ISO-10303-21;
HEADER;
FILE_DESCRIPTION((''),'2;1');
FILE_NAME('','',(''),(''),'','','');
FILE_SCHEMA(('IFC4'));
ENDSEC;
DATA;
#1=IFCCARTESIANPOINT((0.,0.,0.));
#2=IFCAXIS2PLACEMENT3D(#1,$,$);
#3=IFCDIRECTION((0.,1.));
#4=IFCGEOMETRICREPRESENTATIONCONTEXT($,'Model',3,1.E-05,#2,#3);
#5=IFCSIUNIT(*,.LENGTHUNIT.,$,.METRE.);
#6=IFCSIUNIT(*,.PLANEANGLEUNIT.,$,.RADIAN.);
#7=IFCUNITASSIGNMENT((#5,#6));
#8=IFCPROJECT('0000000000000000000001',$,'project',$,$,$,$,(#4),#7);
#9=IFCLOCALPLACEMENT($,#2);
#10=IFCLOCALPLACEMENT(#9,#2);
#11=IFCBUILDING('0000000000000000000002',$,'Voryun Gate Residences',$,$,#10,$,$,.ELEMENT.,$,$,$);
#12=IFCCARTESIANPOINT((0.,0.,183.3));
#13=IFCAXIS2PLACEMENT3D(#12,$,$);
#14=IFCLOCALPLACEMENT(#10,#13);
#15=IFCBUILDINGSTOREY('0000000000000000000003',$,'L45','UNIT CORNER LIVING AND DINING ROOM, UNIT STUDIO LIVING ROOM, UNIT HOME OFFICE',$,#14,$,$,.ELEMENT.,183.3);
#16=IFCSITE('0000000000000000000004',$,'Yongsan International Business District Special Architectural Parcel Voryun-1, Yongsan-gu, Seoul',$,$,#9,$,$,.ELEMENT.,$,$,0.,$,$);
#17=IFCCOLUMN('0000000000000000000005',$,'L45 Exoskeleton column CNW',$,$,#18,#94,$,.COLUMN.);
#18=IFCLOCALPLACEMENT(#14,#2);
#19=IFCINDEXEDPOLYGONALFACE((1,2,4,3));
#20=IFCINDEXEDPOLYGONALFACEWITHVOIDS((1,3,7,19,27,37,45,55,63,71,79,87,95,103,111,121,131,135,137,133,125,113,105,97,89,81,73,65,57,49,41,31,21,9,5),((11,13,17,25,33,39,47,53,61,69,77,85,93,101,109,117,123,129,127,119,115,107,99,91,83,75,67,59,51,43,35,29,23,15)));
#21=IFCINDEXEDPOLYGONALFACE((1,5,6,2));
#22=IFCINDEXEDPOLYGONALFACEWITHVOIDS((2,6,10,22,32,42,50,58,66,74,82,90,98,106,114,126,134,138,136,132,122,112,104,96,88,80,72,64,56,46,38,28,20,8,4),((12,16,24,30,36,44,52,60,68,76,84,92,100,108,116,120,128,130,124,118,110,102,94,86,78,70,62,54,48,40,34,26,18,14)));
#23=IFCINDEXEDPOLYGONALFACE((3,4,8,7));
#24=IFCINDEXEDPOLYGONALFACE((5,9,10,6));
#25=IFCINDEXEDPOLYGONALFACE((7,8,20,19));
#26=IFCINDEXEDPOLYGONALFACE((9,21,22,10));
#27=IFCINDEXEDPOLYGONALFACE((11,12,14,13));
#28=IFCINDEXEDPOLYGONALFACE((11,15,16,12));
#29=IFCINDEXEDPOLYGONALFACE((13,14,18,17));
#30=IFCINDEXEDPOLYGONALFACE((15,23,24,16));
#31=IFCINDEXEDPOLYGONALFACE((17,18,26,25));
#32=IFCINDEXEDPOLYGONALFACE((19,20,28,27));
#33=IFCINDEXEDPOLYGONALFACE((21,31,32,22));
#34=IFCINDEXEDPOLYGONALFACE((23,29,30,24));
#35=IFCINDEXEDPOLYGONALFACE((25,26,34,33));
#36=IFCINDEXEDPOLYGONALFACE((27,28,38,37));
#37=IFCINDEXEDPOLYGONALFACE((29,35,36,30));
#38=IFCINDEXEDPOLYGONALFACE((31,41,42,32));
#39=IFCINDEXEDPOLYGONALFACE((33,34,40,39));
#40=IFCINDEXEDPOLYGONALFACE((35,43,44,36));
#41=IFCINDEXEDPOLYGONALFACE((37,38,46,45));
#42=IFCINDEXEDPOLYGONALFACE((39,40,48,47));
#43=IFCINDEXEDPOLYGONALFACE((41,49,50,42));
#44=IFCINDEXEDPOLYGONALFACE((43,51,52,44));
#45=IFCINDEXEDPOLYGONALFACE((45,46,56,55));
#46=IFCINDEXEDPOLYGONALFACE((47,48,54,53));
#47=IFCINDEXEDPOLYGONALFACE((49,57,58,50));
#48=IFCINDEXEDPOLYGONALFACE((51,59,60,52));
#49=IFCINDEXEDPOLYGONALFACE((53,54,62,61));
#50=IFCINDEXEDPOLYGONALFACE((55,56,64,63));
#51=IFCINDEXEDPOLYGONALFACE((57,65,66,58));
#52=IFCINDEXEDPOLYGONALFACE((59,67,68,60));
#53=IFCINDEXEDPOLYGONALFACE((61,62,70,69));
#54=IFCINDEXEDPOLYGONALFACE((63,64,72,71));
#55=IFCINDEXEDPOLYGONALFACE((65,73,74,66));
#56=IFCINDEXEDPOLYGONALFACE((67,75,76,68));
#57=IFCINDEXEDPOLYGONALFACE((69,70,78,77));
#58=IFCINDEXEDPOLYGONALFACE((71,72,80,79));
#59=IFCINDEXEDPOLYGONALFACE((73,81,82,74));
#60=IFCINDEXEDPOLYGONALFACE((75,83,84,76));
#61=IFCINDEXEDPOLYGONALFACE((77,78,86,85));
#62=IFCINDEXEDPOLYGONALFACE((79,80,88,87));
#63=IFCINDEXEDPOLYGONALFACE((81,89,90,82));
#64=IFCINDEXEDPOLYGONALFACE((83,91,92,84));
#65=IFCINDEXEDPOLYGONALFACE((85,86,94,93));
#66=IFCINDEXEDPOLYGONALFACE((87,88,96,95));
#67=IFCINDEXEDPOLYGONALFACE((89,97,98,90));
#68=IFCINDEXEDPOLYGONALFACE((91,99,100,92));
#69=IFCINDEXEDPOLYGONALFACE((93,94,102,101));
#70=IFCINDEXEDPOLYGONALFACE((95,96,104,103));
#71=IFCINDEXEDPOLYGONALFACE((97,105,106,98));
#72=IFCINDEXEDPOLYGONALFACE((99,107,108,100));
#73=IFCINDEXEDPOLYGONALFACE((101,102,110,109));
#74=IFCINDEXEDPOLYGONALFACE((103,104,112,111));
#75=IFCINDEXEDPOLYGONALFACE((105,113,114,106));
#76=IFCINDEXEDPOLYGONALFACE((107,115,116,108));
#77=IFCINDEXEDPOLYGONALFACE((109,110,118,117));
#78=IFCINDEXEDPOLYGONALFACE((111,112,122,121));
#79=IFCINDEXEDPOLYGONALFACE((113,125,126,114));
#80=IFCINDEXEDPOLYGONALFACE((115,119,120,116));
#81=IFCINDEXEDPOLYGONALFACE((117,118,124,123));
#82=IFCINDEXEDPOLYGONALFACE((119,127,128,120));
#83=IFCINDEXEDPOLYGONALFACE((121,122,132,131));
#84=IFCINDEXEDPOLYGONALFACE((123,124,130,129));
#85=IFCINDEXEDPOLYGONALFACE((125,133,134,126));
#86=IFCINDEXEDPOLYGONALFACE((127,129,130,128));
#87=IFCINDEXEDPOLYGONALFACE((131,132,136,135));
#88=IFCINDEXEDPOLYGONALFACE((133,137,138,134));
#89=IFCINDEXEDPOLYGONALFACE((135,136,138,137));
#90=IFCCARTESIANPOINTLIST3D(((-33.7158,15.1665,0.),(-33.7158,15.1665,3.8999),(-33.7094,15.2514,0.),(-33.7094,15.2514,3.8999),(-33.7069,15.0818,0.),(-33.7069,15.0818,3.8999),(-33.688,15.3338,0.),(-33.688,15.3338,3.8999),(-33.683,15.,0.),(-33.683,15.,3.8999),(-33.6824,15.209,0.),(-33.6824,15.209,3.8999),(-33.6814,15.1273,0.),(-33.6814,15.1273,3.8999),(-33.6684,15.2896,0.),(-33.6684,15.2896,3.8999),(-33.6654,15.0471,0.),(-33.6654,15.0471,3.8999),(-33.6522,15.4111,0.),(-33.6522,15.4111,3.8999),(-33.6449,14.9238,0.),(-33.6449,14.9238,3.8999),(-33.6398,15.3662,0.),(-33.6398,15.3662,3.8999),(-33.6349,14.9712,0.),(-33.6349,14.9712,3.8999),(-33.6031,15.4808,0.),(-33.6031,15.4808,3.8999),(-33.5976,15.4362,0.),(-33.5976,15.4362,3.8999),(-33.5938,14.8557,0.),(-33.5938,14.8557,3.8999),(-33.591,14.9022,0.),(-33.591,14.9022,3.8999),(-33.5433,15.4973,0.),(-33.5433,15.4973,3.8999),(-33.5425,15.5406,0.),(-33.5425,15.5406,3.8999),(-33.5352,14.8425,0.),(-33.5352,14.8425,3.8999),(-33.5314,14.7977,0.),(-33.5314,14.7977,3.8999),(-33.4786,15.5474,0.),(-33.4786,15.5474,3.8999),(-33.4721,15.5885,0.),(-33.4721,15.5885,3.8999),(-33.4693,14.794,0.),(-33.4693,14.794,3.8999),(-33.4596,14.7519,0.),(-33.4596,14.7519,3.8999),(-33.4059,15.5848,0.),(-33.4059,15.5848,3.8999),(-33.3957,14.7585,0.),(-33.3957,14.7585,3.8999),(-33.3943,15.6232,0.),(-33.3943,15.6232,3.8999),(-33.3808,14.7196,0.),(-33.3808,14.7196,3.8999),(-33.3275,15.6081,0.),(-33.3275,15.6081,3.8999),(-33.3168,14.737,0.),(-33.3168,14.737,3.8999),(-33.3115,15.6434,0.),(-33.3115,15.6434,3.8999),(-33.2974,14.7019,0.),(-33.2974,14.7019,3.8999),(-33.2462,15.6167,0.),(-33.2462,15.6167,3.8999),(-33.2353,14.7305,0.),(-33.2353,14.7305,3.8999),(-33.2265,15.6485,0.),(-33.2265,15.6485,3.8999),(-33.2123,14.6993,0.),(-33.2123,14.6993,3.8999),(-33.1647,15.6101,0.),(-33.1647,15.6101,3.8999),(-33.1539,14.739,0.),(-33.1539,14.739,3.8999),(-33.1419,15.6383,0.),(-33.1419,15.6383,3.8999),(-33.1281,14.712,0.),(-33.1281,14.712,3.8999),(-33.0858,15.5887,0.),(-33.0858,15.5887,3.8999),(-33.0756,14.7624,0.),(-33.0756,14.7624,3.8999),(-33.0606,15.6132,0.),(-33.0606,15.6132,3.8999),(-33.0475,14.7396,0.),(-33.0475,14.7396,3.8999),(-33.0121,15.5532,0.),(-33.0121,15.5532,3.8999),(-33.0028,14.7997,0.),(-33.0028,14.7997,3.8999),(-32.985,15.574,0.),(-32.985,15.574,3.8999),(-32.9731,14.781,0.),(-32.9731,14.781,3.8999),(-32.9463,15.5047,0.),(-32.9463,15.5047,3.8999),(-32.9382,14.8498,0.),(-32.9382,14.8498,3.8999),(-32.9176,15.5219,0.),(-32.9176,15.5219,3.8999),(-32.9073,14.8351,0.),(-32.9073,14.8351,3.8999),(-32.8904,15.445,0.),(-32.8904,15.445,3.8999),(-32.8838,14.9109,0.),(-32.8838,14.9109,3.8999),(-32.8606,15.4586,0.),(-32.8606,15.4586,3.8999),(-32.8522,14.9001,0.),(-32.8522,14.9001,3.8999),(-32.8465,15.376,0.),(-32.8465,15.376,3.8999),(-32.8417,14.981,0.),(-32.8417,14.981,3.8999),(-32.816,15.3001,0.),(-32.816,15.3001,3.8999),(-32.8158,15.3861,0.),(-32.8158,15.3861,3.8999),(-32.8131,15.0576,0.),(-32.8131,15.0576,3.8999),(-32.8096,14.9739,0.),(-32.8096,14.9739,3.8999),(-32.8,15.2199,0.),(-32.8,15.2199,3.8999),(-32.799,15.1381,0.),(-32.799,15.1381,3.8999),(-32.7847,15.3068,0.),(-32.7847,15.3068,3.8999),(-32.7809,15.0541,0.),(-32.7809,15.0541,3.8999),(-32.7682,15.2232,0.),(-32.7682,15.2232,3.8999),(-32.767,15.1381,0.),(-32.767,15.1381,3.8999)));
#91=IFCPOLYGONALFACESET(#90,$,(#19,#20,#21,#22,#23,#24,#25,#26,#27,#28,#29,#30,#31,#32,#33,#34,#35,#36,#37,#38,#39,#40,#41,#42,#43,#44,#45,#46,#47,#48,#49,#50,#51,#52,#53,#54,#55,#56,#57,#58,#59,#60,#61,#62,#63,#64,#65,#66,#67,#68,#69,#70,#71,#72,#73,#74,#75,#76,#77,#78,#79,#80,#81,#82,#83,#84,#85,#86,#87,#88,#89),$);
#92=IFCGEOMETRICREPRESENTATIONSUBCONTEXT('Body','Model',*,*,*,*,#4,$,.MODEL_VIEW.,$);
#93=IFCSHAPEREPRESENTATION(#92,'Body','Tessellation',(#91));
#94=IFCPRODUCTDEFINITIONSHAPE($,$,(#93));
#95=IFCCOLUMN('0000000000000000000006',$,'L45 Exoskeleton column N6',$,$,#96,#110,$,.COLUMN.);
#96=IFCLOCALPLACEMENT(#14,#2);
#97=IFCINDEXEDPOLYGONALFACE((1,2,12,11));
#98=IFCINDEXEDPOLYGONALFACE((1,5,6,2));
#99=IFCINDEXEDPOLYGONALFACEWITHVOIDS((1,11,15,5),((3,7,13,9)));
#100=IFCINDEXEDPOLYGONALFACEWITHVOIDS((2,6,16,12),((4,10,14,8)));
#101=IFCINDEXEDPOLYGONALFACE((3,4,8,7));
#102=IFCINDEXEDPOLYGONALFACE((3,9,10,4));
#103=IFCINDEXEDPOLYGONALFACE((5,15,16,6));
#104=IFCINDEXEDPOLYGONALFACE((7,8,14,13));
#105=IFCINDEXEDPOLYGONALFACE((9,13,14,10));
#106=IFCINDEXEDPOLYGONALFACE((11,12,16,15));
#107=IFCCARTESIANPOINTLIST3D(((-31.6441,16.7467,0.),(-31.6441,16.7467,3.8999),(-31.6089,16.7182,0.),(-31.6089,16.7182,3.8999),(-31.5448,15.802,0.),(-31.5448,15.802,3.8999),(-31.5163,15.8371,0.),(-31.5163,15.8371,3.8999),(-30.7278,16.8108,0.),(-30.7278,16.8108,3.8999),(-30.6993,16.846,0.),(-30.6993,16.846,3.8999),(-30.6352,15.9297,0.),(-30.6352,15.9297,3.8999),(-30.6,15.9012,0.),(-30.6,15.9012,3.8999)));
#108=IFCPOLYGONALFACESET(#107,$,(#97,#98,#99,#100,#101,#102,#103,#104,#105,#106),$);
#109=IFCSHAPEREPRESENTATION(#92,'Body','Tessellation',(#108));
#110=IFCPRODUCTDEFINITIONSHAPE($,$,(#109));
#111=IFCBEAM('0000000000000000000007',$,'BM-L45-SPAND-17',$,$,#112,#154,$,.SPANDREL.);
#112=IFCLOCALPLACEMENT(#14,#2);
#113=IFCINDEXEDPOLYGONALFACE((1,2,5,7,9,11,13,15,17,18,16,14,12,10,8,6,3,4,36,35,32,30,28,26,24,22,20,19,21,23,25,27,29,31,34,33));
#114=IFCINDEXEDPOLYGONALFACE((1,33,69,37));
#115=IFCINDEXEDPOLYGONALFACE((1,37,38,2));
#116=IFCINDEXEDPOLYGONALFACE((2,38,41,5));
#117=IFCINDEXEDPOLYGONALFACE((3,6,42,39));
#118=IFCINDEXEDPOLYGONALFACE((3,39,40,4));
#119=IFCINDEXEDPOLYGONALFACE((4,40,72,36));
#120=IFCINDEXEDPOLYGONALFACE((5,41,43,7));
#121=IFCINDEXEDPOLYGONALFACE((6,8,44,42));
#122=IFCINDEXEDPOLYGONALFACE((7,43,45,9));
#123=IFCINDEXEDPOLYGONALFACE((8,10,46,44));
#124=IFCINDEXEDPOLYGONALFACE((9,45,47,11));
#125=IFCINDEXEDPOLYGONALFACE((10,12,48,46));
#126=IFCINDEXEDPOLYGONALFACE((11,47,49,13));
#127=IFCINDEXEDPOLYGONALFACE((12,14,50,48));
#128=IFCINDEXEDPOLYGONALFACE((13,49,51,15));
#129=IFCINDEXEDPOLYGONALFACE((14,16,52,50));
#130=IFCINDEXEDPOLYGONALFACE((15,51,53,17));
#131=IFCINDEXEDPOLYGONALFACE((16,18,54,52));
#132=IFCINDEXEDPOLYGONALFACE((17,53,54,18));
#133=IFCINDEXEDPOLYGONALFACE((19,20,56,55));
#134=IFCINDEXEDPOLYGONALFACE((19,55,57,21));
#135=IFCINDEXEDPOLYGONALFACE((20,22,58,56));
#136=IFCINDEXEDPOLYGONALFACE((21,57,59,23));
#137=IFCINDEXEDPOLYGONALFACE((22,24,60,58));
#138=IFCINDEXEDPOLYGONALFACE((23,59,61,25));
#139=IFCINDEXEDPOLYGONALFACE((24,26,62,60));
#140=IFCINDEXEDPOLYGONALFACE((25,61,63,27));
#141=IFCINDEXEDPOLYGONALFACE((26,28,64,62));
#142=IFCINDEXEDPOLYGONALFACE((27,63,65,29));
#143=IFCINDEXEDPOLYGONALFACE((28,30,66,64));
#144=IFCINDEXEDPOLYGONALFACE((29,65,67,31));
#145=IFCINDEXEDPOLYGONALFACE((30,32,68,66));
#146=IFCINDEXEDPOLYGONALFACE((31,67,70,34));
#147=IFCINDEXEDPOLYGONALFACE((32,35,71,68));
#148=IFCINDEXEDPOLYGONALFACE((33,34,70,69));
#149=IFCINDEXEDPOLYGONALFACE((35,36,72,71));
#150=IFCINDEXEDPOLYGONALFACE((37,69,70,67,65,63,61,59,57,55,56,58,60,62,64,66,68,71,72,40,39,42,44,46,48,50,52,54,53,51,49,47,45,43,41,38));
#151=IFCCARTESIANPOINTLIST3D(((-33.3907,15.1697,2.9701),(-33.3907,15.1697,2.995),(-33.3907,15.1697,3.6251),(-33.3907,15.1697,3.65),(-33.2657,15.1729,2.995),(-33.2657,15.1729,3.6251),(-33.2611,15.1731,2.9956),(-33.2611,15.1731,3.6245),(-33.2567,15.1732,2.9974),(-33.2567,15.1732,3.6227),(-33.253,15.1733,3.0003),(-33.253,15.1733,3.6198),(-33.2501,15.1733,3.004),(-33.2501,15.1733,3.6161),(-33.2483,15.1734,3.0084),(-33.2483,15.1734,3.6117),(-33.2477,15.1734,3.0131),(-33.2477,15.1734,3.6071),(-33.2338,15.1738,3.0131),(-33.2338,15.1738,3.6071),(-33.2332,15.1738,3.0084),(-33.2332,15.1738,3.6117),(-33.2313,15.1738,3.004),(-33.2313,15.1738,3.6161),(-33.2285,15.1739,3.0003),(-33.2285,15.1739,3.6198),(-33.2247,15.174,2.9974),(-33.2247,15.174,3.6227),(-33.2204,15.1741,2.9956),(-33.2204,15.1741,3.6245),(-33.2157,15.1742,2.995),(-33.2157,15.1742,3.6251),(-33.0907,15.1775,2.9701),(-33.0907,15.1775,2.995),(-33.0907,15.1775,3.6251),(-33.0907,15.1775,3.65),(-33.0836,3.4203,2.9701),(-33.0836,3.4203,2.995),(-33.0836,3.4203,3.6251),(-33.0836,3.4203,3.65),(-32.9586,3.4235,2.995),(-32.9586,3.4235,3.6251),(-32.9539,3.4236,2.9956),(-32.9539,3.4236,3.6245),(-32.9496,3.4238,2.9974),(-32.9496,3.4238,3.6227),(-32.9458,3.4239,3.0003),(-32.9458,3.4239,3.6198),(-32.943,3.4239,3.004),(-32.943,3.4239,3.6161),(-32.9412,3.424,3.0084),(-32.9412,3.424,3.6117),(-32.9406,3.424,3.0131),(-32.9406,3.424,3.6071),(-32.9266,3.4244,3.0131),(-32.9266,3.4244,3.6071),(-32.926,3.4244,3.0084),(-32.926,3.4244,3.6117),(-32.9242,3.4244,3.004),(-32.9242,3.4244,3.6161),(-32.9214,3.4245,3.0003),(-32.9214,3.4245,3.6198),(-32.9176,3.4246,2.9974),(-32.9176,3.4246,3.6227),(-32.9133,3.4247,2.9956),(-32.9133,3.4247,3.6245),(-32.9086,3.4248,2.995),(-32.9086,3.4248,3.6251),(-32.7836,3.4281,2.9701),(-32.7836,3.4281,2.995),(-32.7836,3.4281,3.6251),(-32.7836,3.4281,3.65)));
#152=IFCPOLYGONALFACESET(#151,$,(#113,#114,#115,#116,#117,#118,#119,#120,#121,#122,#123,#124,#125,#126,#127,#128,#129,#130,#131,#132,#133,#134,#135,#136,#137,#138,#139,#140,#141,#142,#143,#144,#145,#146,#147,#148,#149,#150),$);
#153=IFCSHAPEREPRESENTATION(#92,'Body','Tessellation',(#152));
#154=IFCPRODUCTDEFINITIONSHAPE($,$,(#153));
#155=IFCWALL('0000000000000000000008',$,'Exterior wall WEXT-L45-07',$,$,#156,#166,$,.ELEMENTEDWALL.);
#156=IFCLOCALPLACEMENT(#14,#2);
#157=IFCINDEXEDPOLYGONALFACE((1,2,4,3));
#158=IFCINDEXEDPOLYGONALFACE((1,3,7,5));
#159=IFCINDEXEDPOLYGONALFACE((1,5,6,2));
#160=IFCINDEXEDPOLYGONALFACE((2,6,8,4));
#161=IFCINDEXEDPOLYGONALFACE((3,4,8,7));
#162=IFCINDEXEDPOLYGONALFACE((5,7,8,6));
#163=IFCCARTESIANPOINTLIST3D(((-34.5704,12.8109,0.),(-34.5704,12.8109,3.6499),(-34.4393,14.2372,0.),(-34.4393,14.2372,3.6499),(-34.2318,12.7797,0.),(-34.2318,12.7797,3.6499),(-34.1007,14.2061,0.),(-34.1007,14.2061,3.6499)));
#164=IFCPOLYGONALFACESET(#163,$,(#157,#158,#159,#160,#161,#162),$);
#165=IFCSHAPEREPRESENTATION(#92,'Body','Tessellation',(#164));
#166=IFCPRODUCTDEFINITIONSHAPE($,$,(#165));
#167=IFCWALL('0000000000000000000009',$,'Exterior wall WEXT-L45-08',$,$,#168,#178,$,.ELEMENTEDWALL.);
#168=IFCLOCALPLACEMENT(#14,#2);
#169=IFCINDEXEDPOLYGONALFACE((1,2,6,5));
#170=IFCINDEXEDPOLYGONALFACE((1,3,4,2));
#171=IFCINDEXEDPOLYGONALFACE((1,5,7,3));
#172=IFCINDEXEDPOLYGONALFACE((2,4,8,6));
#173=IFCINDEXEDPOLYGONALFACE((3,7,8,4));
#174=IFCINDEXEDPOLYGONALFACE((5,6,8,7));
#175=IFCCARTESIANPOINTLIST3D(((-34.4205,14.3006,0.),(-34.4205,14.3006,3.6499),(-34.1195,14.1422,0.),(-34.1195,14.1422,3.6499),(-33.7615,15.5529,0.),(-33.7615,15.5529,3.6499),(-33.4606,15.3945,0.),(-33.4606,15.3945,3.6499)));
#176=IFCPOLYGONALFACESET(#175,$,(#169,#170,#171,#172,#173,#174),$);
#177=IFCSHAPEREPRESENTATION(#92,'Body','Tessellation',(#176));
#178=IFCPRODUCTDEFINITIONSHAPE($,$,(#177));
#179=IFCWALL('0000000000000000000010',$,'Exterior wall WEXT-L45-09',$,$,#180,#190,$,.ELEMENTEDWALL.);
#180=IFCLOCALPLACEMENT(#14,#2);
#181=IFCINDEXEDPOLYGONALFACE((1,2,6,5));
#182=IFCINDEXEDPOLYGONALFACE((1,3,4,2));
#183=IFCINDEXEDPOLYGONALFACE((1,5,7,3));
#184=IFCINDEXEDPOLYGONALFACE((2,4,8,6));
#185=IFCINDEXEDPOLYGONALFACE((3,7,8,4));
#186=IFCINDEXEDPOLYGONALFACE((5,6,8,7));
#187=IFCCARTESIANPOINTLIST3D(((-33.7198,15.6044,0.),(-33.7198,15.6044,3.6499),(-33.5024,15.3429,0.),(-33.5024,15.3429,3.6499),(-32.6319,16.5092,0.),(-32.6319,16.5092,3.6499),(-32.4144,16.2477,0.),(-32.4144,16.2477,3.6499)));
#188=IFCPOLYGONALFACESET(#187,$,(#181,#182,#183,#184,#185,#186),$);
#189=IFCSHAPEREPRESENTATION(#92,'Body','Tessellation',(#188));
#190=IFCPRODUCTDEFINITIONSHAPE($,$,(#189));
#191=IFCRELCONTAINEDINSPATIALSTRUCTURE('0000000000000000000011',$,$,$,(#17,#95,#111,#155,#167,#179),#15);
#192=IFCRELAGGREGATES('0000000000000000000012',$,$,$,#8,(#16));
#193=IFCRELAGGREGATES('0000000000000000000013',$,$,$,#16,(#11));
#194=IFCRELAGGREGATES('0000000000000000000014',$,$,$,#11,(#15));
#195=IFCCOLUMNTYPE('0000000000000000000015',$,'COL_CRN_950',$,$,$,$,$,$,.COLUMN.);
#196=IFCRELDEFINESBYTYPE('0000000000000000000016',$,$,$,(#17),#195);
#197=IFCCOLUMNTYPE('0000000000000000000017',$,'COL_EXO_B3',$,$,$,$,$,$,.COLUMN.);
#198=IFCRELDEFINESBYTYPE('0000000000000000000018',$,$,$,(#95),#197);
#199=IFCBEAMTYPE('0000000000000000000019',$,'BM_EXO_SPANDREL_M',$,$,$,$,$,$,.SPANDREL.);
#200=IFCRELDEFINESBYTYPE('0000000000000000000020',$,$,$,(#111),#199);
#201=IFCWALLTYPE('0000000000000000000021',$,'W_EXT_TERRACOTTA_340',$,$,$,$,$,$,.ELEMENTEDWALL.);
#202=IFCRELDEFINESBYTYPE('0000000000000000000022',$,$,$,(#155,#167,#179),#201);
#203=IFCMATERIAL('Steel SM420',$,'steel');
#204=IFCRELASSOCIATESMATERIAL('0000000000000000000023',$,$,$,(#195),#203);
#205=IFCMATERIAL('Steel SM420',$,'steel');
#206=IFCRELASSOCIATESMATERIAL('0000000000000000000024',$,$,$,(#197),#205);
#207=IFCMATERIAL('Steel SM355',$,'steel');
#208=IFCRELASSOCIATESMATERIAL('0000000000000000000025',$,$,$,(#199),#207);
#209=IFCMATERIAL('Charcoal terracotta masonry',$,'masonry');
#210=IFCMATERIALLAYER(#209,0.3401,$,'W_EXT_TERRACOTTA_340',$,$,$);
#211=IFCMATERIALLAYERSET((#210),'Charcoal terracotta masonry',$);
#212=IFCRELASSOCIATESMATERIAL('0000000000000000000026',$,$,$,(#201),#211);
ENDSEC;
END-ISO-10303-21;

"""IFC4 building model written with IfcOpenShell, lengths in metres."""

from ifc_helpers import new_model, si_unit, direction, frame, frame_2d, origin, origin_2d, place, context, subcontext, project, spatial, rectangle, hollow_rectangle, hollow_circle, i_section, extrude, material, layer, layer_set, material_profile, profile_set, type_object, element, save


model = new_model("IFC4")

# Units and contexts
model_context = context("Model", 3, precision=1e-05, world=origin(), true_north=direction((0.0, 1.0)))
body_context = subcontext(model_context, "Body", "Model", "MODEL_VIEW")
ifc_project = project(units=[si_unit("LENGTHUNIT", "METRE"), si_unit("PLANEANGLEUNIT", "RADIAN")], contexts=[model_context])

# Site, building, storey
site_placement = place(None, origin())
site = spatial("IfcSite", under=ifc_project, at=site_placement, Name="Yongsan International Business District Special Architectural Parcel Voryun-1, Yongsan-gu, Seoul", CompositionType="ELEMENT", RefElevation=0.0)
building_placement = place(site_placement, origin())
building = spatial("IfcBuilding", under=site, at=building_placement, Name="Voryun Gate Residences", CompositionType="ELEMENT")
storey_placement = place(building_placement, frame((0.0, 0.0, 183.3)))
storey = spatial("IfcBuildingStorey", under=building, at=storey_placement, Name="L45", Description="UNIT CORNER LIVING AND DINING ROOM, UNIT STUDIO LIVING ROOM, UNIT HOME OFFICE", CompositionType="ELEMENT", Elevation=183.3)

# Columns
ifc_material_1 = material(Name="Steel SM420", Category="steel")
ifc_material_profile_1 = material_profile(ifc_material_1, hollow_circle(Radius=0.4751, WallThickness=0.032, at=origin_2d()), Name="CHS-950x32")
ifc_profile_set_1 = profile_set([ifc_material_profile_1], Name="Steel SM420")
column_type_1 = type_object("IfcColumnType", Name="COL_CRN_950", PredefinedType="COLUMN", material=ifc_profile_set_1)
column_1_placement = place(storey_placement, frame((-33.2407, 15.1736, 0.0), z_axis=(0.0, 0.0, 1.0), x_axis=(0.994522, 0.104528, 0.0)))
element("IfcColumn", 1, at=column_1_placement, inside=storey, type_object=column_type_1, Name="L45 Exoskeleton column CNW", PredefinedType="COLUMN", context=body_context, shape_type="SweptSolid", body=[
    extrude(hollow_circle(Radius=0.4751, WallThickness=0.032, at=origin_2d()), origin(), (0.0, 0.0, 1.0), 3.8999),
])
ifc_material_2 = material(Name="Steel SM420", Category="steel")
ifc_material_profile_2 = material_profile(ifc_material_2, hollow_rectangle(XDim=0.95, YDim=0.95, WallThickness=0.032, at=origin_2d()), Name="BOX-950x950x32")
ifc_profile_set_2 = profile_set([ifc_material_profile_2], Name="Steel SM420")
column_type_2 = type_object("IfcColumnType", Name="COL_EXO_B3", PredefinedType="COLUMN", material=ifc_profile_set_2)
column_2_placement = place(storey_placement, frame((-31.1221, 16.324, 0.0), z_axis=(0.0, 0.0, 1.0), x_axis=(0.994522, 0.104528, 0.0)))
element("IfcColumn", 2, at=column_2_placement, inside=storey, type_object=column_type_2, Name="L45 Exoskeleton column N6", PredefinedType="COLUMN", context=body_context, shape_type="SweptSolid", body=[
    extrude(hollow_rectangle(XDim=0.95, YDim=0.95, WallThickness=0.032, at=origin_2d()), origin(), (0.0, 0.0, 1.0), 3.8999),
])

# Beam
ifc_material_3 = material(Name="Steel SM355", Category="steel")
ifc_material_profile_3 = material_profile(ifc_material_3, i_section(OverallWidth=0.3, OverallDepth=0.6799, WebThickness=0.0139, FlangeThickness=0.0249, FilletRadius=0.0181, at=origin_2d()), Name="H-680x300x14x25")
ifc_profile_set_3 = profile_set([ifc_material_profile_3], Name="Steel SM355")
beam_type = type_object("IfcBeamType", Name="BM_EXO_SPANDREL_M", PredefinedType="SPANDREL", material=ifc_profile_set_3)
beam_placement = place(storey_placement, frame((-33.2407, 15.1736, 3.3101), z_axis=(0.026131, -0.999659, 0.0), x_axis=(0.999659, 0.026131, 0.0)))
element("IfcBeam", 3, at=beam_placement, inside=storey, type_object=beam_type, Name="BM-L45-SPAND-17", PredefinedType="SPANDREL", context=body_context, shape_type="SweptSolid", body=[
    extrude(i_section(OverallWidth=0.3, OverallDepth=0.6799, WebThickness=0.0139, FlangeThickness=0.0249, FilletRadius=0.0181, at=origin_2d()), origin(), (0.0, 0.0, 1.0), 11.7534),
])

# Walls
ifc_material_4 = material(Name="Charcoal terracotta masonry", Category="masonry")
ifc_layer_1 = layer(ifc_material_4, 0.3401, Name="W_EXT_TERRACOTTA_340")
ifc_layer_set_1 = layer_set([ifc_layer_1], Name="Charcoal terracotta masonry")
wall_type_1 = type_object("IfcWallType", Name="W_EXT_TERRACOTTA_340", PredefinedType="ELEMENTEDWALL", material=ifc_layer_set_1)
wall_1_placement = place(storey_placement, frame((-34.4011, 12.7952, 0.0), z_axis=(0.0, 0.0, 1.0), x_axis=(0.091535, 0.995802, 0.0)))
element("IfcWall", 4, at=wall_1_placement, inside=storey, type_object=wall_type_1, Name="Exterior wall WEXT-L45-07", PredefinedType="ELEMENTEDWALL", context=body_context, shape_type="SweptSolid", body=[
    extrude(rectangle(XDim=1.4324, YDim=0.3401, at=frame_2d((0.7163, 0.0))), origin(), (0.0, 0.0, 1.0), 3.6499),
])
for number, where, z_axis, x_axis, name in (
    (5, (-34.27, 14.2214, 0.0), (0.0, 0.0, 1.0), (0.465682, 0.884952, 0.0), "Exterior wall WEXT-L45-08"),
    (6, (-33.6111, 15.4736, 0.0), (0.0, 0.0, 1.0), (0.768843, 0.639437, 0.0), "Exterior wall WEXT-L45-09"),
):
    element("IfcWall", number, at=place(storey_placement, frame(where, z_axis=z_axis, x_axis=x_axis)), inside=storey, type_object=wall_type_1, Name=name, PredefinedType="ELEMENTEDWALL", context=body_context, shape_type="SweptSolid", body=[
        extrude(rectangle(XDim=1.415, YDim=0.3401, at=frame_2d((0.7075, 0.0))), origin(), (0.0, 0.0, 1.0), 3.6499),
    ])

save(model, "model.ifc")
